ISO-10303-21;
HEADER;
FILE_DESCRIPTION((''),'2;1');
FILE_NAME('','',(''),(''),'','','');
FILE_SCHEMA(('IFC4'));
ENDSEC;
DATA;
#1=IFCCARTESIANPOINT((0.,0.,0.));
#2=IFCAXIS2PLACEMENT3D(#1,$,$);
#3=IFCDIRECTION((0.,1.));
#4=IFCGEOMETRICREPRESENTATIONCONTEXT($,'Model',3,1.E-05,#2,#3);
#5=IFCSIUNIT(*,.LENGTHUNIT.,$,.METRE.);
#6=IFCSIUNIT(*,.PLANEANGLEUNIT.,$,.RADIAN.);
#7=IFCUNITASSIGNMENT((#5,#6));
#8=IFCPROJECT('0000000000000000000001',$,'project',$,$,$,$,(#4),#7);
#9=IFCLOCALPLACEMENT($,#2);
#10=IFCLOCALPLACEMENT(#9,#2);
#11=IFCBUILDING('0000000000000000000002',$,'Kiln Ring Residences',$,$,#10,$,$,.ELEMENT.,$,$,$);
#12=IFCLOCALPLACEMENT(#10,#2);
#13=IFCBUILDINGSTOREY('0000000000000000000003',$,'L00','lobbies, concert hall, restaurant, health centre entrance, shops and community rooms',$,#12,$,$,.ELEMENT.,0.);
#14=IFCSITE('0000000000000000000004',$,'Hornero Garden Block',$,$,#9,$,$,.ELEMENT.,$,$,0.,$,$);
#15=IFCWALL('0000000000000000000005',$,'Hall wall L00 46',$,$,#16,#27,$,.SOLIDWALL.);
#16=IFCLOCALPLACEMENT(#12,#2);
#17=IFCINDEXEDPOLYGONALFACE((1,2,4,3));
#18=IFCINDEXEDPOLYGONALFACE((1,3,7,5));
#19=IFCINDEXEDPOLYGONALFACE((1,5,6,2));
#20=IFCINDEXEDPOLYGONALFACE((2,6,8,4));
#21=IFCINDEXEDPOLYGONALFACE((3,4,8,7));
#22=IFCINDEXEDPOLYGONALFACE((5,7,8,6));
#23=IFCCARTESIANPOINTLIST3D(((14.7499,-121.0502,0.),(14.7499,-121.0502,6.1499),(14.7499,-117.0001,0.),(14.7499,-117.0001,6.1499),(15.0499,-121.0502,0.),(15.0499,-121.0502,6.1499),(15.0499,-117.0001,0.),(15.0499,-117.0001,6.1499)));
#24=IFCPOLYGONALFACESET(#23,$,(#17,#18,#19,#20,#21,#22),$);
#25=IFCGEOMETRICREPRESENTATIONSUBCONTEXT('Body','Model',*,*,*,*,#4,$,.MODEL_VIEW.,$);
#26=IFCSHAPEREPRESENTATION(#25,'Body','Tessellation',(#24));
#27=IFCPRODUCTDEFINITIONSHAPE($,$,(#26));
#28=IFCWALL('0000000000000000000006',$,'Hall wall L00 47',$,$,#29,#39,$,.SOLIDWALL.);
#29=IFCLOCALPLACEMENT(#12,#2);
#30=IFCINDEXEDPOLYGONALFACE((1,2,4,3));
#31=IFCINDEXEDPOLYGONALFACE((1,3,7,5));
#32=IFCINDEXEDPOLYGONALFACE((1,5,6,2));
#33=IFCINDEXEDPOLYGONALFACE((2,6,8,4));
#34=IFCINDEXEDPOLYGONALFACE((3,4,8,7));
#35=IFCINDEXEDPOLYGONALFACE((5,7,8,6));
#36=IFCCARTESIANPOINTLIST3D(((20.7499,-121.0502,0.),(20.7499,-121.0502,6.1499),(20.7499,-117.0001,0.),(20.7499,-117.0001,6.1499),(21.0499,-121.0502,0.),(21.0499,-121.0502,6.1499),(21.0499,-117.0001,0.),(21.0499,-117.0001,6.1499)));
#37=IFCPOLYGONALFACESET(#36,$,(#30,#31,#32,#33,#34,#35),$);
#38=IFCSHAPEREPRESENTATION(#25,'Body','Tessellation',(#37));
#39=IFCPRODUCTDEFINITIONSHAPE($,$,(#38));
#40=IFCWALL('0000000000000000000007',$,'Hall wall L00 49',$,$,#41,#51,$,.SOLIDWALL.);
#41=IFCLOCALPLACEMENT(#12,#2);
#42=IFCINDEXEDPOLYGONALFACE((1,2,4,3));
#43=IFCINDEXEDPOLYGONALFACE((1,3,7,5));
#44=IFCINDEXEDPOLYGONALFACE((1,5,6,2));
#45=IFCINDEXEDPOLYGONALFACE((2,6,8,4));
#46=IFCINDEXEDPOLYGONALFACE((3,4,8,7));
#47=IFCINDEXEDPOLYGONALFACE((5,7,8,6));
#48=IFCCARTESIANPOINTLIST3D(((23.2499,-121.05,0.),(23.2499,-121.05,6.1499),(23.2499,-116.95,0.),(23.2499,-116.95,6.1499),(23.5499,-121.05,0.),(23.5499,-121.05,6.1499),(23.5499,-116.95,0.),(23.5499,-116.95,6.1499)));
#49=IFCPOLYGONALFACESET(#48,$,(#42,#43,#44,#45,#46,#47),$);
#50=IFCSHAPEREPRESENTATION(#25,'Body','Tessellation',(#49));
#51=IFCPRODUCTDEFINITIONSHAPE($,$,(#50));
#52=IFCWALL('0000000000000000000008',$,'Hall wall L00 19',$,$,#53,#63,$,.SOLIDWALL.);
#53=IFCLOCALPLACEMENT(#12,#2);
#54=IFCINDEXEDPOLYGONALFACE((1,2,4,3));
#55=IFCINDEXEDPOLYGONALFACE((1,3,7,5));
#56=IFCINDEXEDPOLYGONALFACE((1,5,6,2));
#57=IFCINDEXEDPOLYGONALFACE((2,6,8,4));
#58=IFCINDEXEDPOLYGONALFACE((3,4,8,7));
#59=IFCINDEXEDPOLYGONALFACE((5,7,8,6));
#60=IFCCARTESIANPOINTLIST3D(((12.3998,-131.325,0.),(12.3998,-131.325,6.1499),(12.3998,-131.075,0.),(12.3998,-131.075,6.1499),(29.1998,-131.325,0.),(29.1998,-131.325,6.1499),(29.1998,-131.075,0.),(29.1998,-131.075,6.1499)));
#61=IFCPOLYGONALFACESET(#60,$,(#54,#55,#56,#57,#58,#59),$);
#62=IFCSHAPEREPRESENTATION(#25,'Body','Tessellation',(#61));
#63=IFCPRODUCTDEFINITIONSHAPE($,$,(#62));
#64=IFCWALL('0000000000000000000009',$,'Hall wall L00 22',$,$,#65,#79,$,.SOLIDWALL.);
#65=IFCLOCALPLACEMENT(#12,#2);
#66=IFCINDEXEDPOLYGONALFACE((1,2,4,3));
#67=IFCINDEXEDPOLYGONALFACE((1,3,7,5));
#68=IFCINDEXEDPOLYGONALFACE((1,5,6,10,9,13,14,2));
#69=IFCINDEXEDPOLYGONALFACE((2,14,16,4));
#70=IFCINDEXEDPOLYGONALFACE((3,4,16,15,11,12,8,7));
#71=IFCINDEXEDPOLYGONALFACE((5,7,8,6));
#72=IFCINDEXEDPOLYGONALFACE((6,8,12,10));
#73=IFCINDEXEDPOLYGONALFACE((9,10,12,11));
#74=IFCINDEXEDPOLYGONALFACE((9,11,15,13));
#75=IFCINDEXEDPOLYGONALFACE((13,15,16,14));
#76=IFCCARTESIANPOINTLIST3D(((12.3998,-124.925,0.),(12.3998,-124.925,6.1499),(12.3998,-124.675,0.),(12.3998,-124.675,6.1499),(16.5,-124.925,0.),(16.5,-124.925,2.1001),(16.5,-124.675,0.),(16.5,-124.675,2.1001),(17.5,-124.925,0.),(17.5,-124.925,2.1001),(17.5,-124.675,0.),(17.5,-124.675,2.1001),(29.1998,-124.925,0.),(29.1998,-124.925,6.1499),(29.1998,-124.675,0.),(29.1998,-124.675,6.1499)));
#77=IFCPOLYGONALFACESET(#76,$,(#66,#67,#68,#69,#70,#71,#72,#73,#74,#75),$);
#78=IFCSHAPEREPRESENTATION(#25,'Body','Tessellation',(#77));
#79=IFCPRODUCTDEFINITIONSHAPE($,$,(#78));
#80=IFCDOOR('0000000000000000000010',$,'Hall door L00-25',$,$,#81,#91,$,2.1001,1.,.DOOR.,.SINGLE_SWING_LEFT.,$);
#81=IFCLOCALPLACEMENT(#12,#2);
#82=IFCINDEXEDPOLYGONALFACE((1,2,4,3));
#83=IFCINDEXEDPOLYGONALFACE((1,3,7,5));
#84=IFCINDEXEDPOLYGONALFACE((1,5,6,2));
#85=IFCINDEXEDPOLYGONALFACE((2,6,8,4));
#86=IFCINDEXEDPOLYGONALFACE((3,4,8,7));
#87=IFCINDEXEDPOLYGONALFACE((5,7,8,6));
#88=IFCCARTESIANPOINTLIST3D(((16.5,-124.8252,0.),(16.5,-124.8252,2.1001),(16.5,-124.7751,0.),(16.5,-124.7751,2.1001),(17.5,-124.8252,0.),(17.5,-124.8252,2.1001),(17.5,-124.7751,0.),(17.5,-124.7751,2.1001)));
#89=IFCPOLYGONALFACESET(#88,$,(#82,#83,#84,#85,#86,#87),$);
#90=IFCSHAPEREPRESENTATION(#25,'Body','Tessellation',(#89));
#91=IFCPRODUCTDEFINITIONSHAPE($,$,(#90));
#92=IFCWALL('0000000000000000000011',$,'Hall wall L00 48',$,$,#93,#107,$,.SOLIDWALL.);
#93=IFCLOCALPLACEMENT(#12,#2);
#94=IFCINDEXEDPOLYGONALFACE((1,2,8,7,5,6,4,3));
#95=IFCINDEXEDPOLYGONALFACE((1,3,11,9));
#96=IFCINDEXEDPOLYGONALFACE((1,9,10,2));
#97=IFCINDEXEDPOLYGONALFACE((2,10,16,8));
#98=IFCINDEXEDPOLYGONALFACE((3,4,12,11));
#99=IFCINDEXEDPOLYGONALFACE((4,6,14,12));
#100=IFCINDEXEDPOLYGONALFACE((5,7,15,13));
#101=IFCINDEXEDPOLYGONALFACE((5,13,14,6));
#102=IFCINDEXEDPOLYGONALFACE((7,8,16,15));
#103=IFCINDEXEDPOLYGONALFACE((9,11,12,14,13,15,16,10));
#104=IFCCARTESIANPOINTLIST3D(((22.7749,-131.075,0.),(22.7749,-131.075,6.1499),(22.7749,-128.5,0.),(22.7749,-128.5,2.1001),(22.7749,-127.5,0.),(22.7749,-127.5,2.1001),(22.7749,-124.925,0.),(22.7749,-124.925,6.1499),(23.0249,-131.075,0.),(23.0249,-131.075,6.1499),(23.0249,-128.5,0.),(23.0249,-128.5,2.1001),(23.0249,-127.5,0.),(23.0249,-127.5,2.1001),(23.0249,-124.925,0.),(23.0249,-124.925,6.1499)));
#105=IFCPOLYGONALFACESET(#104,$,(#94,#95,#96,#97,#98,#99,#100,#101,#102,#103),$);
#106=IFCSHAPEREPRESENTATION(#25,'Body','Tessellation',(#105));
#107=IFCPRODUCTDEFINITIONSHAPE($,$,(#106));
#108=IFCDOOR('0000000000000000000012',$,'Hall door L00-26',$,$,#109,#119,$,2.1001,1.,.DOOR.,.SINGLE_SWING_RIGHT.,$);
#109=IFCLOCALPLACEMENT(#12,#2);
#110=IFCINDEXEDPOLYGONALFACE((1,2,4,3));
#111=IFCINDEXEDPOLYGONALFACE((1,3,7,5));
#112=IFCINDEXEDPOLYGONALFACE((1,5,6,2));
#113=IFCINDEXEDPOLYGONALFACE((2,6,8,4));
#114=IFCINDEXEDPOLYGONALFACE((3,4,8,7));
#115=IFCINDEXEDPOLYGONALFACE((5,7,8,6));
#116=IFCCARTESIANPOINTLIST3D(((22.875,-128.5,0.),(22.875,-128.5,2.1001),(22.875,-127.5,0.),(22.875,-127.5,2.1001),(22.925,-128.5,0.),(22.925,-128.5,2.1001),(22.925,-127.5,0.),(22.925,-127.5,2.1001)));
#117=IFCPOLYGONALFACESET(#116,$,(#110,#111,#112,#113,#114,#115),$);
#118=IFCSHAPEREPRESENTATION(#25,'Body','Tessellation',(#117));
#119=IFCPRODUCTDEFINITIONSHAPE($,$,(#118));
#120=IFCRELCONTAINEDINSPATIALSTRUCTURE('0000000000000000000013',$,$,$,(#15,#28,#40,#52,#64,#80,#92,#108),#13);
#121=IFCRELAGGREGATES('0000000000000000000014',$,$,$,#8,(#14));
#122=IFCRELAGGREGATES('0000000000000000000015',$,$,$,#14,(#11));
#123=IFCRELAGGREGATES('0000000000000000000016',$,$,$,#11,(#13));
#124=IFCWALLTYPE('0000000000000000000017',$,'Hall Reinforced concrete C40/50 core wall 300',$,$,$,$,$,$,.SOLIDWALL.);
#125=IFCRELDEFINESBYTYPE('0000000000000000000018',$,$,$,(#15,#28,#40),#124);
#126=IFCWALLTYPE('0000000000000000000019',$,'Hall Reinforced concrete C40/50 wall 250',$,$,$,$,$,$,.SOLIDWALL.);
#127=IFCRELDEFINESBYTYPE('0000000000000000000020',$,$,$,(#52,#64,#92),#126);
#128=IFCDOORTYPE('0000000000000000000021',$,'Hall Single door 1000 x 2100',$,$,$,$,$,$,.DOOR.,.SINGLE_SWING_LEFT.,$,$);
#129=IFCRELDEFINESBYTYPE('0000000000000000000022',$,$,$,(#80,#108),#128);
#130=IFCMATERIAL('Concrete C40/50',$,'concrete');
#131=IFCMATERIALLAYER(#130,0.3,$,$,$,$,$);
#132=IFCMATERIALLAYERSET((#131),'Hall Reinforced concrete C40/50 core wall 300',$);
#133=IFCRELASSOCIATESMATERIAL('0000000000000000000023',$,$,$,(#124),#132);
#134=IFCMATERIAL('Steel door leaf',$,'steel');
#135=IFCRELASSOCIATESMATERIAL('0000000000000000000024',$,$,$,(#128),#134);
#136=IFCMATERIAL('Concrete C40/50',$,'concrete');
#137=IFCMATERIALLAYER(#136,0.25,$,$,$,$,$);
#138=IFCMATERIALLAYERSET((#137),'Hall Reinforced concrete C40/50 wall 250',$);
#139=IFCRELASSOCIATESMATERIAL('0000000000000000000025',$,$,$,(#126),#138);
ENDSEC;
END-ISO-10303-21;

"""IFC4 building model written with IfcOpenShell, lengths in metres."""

from ifc_helpers import new_model, si_unit, direction, frame, frame_2d, origin, place, context, subcontext, project, spatial, rectangle, extrude, material, layer, layer_set, type_object, element, fill, save


model = new_model("IFC4")

# Units and contexts
model_context = context("Model", 3, precision=1e-05, world=origin(), true_north=direction((0.0, 1.0)))
body_context = subcontext(model_context, "Body", "Model", "MODEL_VIEW")
ifc_project = project(units=[si_unit("LENGTHUNIT", "METRE"), si_unit("PLANEANGLEUNIT", "RADIAN")], contexts=[model_context])

# Site, building, storey
site_placement = place(None, origin())
site = spatial("IfcSite", under=ifc_project, at=site_placement, Name="Hornero Garden Block", CompositionType="ELEMENT", RefElevation=0.0)
building_placement = place(site_placement, origin())
building = spatial("IfcBuilding", under=site, at=building_placement, Name="Kiln Ring Residences", CompositionType="ELEMENT")
storey_placement = place(building_placement, origin())
storey = spatial("IfcBuildingStorey", under=building, at=storey_placement, Name="L00", Description="lobbies, concert hall, restaurant, health centre entrance, shops and community rooms", CompositionType="ELEMENT", Elevation=0.0)

# Shared definitions
ifc_material_1 = material(Name="Concrete C40/50", Category="concrete")
ifc_layer_1 = layer(ifc_material_1, 0.3)
ifc_layer_set_1 = layer_set([ifc_layer_1], Name="Hall Reinforced concrete C40/50 core wall 300")
wall_type_1 = type_object("IfcWallType", Name="Hall Reinforced concrete C40/50 core wall 300", PredefinedType="SOLIDWALL", material=ifc_layer_set_1)
ifc_material_2 = material(Name="Steel door leaf", Category="steel")
door_type_1 = type_object("IfcDoorType", Name="Hall Single door 1000 x 2100", OperationType="SINGLE_SWING_LEFT", PredefinedType="DOOR", material=ifc_material_2)

# Walls
for number, where, z_axis, x_axis, name in (
    (1, (14.8999, -121.05, 0.0), (0.0, 0.0, 1.0), (0.0, 1.0, 0.0), "Hall wall L00 46"),
    (2, (20.8999, -121.05, 0.0), (0.0, 0.0, 1.0), (0.0, 1.0, 0.0), "Hall wall L00 47"),
):
    element("IfcWall", number, at=place(storey_placement, frame(where, z_axis=z_axis, x_axis=x_axis)), inside=storey, type_object=wall_type_1, Name=name, PredefinedType="SOLIDWALL", context=body_context, shape_type="SweptSolid", body=[
        extrude(rectangle(XDim=4.05, YDim=0.3, at=frame_2d((2.0249, 0.0))), origin(), (0.0, 0.0, 1.0), 6.1499),
    ])
wall_1_placement = place(storey_placement, frame((23.3999, -121.05, 0.0), z_axis=(0.0, 0.0, 1.0), x_axis=(0.0, 1.0, 0.0)))
element("IfcWall", 3, at=wall_1_placement, inside=storey, type_object=wall_type_1, Name="Hall wall L00 49", PredefinedType="SOLIDWALL", context=body_context, shape_type="SweptSolid", body=[
    extrude(rectangle(XDim=4.1001, YDim=0.3, at=frame_2d((2.05, 0.0))), origin(), (0.0, 0.0, 1.0), 6.1499),
])
ifc_material_3 = material(Name="Concrete C40/50", Category="concrete")
ifc_layer_2 = layer(ifc_material_3, 0.25)
ifc_layer_set_2 = layer_set([ifc_layer_2], Name="Hall Reinforced concrete C40/50 wall 250")
wall_type_2 = type_object("IfcWallType", Name="Hall Reinforced concrete C40/50 wall 250", PredefinedType="SOLIDWALL", material=ifc_layer_set_2)
wall_2_placement = place(storey_placement, frame((12.3999, -131.2, 0.0), z_axis=(0.0, 0.0, 1.0), x_axis=(1.0, 0.0, 0.0)))
element("IfcWall", 4, at=wall_2_placement, inside=storey, type_object=wall_type_2, Name="Hall wall L00 19", PredefinedType="SOLIDWALL", context=body_context, shape_type="SweptSolid", body=[
    extrude(rectangle(XDim=16.8, YDim=0.25, at=frame_2d((8.3999, 0.0))), origin(), (0.0, 0.0, 1.0), 6.1499),
])

# Walls, openings, doors
wall_3_placement = place(storey_placement, frame((12.3999, -124.8, 0.0), z_axis=(0.0, 0.0, 1.0), x_axis=(1.0, 0.0, 0.0)))
wall_3 = element("IfcWall", 5, at=wall_3_placement, inside=storey, type_object=wall_type_2, Name="Hall wall L00 22", PredefinedType="SOLIDWALL", context=body_context, shape_type="SweptSolid", body=[
    extrude(rectangle(XDim=16.8, YDim=0.25, at=frame_2d((8.3999, 0.0))), origin(), (0.0, 0.0, 1.0), 6.1499),
])
opening_1_placement = place(wall_3_placement, frame((4.1001, 0.0, 0.0)))
opening_1 = element("IfcOpeningElement", 6, at=opening_1_placement, cuts=wall_3, PredefinedType="OPENING", context=body_context, shape_type="SweptSolid", body=[
    extrude(rectangle(XDim=1.0, YDim=2.1001, at=frame_2d((0.5, 1.05))), frame((0.0, 0.135, 0.0), z_axis=(0.0, -1.0, 0.0), x_axis=(1.0, 0.0, 0.0)), (0.0, 0.0, 1.0), 0.27),
])
door_1_placement = place(opening_1_placement, origin())
door_1 = element("IfcDoor", 7, at=door_1_placement, inside=storey, type_object=door_type_1, Name="Hall door L00-25", OperationType="SINGLE_SWING_LEFT", OverallHeight=2.1001, OverallWidth=1.0, PredefinedType="DOOR", context=body_context, shape_type="SweptSolid", body=[
    extrude(rectangle(XDim=1.0, YDim=2.1001, at=frame_2d((0.5, 1.05))), frame((0.0, 0.0249, 0.0), z_axis=(0.0, -1.0, 0.0), x_axis=(1.0, 0.0, 0.0)), (0.0, 0.0, 1.0), 0.05),
])
fill(opening_1, door_1)
wall_4_placement = place(storey_placement, frame((22.8999, -131.075, 0.0), z_axis=(0.0, 0.0, 1.0), x_axis=(0.0, 1.0, 0.0)))
wall_4 = element("IfcWall", 8, at=wall_4_placement, inside=storey, type_object=wall_type_2, Name="Hall wall L00 48", PredefinedType="SOLIDWALL", context=body_context, shape_type="SweptSolid", body=[
    extrude(rectangle(XDim=6.1499, YDim=0.25, at=frame_2d((3.075, 0.0))), origin(), (0.0, 0.0, 1.0), 6.1499),
])
opening_2_placement = place(wall_4_placement, frame((2.575, 0.0, 0.0)))
opening_2 = element("IfcOpeningElement", 9, at=opening_2_placement, cuts=wall_4, PredefinedType="OPENING", context=body_context, shape_type="SweptSolid", body=[
    extrude(rectangle(XDim=1.0, YDim=2.1001, at=frame_2d((0.5, 1.05))), frame((0.0, 0.135, 0.0), z_axis=(0.0, -1.0, 0.0), x_axis=(1.0, 0.0, 0.0)), (0.0, 0.0, 1.0), 0.27),
])
door_2_placement = place(opening_2_placement, origin())
door_2 = element("IfcDoor", 10, at=door_2_placement, inside=storey, type_object=door_type_1, Name="Hall door L00-26", OperationType="SINGLE_SWING_RIGHT", OverallHeight=2.1001, OverallWidth=1.0, PredefinedType="DOOR", context=body_context, shape_type="SweptSolid", body=[
    extrude(rectangle(XDim=1.0, YDim=2.1001, at=frame_2d((0.5, 1.05))), frame((0.0, 0.0249, 0.0), z_axis=(0.0, -1.0, 0.0), x_axis=(1.0, 0.0, 0.0)), (0.0, 0.0, 1.0), 0.05),
])
fill(opening_2, door_2)

save(model, "model.ifc")
